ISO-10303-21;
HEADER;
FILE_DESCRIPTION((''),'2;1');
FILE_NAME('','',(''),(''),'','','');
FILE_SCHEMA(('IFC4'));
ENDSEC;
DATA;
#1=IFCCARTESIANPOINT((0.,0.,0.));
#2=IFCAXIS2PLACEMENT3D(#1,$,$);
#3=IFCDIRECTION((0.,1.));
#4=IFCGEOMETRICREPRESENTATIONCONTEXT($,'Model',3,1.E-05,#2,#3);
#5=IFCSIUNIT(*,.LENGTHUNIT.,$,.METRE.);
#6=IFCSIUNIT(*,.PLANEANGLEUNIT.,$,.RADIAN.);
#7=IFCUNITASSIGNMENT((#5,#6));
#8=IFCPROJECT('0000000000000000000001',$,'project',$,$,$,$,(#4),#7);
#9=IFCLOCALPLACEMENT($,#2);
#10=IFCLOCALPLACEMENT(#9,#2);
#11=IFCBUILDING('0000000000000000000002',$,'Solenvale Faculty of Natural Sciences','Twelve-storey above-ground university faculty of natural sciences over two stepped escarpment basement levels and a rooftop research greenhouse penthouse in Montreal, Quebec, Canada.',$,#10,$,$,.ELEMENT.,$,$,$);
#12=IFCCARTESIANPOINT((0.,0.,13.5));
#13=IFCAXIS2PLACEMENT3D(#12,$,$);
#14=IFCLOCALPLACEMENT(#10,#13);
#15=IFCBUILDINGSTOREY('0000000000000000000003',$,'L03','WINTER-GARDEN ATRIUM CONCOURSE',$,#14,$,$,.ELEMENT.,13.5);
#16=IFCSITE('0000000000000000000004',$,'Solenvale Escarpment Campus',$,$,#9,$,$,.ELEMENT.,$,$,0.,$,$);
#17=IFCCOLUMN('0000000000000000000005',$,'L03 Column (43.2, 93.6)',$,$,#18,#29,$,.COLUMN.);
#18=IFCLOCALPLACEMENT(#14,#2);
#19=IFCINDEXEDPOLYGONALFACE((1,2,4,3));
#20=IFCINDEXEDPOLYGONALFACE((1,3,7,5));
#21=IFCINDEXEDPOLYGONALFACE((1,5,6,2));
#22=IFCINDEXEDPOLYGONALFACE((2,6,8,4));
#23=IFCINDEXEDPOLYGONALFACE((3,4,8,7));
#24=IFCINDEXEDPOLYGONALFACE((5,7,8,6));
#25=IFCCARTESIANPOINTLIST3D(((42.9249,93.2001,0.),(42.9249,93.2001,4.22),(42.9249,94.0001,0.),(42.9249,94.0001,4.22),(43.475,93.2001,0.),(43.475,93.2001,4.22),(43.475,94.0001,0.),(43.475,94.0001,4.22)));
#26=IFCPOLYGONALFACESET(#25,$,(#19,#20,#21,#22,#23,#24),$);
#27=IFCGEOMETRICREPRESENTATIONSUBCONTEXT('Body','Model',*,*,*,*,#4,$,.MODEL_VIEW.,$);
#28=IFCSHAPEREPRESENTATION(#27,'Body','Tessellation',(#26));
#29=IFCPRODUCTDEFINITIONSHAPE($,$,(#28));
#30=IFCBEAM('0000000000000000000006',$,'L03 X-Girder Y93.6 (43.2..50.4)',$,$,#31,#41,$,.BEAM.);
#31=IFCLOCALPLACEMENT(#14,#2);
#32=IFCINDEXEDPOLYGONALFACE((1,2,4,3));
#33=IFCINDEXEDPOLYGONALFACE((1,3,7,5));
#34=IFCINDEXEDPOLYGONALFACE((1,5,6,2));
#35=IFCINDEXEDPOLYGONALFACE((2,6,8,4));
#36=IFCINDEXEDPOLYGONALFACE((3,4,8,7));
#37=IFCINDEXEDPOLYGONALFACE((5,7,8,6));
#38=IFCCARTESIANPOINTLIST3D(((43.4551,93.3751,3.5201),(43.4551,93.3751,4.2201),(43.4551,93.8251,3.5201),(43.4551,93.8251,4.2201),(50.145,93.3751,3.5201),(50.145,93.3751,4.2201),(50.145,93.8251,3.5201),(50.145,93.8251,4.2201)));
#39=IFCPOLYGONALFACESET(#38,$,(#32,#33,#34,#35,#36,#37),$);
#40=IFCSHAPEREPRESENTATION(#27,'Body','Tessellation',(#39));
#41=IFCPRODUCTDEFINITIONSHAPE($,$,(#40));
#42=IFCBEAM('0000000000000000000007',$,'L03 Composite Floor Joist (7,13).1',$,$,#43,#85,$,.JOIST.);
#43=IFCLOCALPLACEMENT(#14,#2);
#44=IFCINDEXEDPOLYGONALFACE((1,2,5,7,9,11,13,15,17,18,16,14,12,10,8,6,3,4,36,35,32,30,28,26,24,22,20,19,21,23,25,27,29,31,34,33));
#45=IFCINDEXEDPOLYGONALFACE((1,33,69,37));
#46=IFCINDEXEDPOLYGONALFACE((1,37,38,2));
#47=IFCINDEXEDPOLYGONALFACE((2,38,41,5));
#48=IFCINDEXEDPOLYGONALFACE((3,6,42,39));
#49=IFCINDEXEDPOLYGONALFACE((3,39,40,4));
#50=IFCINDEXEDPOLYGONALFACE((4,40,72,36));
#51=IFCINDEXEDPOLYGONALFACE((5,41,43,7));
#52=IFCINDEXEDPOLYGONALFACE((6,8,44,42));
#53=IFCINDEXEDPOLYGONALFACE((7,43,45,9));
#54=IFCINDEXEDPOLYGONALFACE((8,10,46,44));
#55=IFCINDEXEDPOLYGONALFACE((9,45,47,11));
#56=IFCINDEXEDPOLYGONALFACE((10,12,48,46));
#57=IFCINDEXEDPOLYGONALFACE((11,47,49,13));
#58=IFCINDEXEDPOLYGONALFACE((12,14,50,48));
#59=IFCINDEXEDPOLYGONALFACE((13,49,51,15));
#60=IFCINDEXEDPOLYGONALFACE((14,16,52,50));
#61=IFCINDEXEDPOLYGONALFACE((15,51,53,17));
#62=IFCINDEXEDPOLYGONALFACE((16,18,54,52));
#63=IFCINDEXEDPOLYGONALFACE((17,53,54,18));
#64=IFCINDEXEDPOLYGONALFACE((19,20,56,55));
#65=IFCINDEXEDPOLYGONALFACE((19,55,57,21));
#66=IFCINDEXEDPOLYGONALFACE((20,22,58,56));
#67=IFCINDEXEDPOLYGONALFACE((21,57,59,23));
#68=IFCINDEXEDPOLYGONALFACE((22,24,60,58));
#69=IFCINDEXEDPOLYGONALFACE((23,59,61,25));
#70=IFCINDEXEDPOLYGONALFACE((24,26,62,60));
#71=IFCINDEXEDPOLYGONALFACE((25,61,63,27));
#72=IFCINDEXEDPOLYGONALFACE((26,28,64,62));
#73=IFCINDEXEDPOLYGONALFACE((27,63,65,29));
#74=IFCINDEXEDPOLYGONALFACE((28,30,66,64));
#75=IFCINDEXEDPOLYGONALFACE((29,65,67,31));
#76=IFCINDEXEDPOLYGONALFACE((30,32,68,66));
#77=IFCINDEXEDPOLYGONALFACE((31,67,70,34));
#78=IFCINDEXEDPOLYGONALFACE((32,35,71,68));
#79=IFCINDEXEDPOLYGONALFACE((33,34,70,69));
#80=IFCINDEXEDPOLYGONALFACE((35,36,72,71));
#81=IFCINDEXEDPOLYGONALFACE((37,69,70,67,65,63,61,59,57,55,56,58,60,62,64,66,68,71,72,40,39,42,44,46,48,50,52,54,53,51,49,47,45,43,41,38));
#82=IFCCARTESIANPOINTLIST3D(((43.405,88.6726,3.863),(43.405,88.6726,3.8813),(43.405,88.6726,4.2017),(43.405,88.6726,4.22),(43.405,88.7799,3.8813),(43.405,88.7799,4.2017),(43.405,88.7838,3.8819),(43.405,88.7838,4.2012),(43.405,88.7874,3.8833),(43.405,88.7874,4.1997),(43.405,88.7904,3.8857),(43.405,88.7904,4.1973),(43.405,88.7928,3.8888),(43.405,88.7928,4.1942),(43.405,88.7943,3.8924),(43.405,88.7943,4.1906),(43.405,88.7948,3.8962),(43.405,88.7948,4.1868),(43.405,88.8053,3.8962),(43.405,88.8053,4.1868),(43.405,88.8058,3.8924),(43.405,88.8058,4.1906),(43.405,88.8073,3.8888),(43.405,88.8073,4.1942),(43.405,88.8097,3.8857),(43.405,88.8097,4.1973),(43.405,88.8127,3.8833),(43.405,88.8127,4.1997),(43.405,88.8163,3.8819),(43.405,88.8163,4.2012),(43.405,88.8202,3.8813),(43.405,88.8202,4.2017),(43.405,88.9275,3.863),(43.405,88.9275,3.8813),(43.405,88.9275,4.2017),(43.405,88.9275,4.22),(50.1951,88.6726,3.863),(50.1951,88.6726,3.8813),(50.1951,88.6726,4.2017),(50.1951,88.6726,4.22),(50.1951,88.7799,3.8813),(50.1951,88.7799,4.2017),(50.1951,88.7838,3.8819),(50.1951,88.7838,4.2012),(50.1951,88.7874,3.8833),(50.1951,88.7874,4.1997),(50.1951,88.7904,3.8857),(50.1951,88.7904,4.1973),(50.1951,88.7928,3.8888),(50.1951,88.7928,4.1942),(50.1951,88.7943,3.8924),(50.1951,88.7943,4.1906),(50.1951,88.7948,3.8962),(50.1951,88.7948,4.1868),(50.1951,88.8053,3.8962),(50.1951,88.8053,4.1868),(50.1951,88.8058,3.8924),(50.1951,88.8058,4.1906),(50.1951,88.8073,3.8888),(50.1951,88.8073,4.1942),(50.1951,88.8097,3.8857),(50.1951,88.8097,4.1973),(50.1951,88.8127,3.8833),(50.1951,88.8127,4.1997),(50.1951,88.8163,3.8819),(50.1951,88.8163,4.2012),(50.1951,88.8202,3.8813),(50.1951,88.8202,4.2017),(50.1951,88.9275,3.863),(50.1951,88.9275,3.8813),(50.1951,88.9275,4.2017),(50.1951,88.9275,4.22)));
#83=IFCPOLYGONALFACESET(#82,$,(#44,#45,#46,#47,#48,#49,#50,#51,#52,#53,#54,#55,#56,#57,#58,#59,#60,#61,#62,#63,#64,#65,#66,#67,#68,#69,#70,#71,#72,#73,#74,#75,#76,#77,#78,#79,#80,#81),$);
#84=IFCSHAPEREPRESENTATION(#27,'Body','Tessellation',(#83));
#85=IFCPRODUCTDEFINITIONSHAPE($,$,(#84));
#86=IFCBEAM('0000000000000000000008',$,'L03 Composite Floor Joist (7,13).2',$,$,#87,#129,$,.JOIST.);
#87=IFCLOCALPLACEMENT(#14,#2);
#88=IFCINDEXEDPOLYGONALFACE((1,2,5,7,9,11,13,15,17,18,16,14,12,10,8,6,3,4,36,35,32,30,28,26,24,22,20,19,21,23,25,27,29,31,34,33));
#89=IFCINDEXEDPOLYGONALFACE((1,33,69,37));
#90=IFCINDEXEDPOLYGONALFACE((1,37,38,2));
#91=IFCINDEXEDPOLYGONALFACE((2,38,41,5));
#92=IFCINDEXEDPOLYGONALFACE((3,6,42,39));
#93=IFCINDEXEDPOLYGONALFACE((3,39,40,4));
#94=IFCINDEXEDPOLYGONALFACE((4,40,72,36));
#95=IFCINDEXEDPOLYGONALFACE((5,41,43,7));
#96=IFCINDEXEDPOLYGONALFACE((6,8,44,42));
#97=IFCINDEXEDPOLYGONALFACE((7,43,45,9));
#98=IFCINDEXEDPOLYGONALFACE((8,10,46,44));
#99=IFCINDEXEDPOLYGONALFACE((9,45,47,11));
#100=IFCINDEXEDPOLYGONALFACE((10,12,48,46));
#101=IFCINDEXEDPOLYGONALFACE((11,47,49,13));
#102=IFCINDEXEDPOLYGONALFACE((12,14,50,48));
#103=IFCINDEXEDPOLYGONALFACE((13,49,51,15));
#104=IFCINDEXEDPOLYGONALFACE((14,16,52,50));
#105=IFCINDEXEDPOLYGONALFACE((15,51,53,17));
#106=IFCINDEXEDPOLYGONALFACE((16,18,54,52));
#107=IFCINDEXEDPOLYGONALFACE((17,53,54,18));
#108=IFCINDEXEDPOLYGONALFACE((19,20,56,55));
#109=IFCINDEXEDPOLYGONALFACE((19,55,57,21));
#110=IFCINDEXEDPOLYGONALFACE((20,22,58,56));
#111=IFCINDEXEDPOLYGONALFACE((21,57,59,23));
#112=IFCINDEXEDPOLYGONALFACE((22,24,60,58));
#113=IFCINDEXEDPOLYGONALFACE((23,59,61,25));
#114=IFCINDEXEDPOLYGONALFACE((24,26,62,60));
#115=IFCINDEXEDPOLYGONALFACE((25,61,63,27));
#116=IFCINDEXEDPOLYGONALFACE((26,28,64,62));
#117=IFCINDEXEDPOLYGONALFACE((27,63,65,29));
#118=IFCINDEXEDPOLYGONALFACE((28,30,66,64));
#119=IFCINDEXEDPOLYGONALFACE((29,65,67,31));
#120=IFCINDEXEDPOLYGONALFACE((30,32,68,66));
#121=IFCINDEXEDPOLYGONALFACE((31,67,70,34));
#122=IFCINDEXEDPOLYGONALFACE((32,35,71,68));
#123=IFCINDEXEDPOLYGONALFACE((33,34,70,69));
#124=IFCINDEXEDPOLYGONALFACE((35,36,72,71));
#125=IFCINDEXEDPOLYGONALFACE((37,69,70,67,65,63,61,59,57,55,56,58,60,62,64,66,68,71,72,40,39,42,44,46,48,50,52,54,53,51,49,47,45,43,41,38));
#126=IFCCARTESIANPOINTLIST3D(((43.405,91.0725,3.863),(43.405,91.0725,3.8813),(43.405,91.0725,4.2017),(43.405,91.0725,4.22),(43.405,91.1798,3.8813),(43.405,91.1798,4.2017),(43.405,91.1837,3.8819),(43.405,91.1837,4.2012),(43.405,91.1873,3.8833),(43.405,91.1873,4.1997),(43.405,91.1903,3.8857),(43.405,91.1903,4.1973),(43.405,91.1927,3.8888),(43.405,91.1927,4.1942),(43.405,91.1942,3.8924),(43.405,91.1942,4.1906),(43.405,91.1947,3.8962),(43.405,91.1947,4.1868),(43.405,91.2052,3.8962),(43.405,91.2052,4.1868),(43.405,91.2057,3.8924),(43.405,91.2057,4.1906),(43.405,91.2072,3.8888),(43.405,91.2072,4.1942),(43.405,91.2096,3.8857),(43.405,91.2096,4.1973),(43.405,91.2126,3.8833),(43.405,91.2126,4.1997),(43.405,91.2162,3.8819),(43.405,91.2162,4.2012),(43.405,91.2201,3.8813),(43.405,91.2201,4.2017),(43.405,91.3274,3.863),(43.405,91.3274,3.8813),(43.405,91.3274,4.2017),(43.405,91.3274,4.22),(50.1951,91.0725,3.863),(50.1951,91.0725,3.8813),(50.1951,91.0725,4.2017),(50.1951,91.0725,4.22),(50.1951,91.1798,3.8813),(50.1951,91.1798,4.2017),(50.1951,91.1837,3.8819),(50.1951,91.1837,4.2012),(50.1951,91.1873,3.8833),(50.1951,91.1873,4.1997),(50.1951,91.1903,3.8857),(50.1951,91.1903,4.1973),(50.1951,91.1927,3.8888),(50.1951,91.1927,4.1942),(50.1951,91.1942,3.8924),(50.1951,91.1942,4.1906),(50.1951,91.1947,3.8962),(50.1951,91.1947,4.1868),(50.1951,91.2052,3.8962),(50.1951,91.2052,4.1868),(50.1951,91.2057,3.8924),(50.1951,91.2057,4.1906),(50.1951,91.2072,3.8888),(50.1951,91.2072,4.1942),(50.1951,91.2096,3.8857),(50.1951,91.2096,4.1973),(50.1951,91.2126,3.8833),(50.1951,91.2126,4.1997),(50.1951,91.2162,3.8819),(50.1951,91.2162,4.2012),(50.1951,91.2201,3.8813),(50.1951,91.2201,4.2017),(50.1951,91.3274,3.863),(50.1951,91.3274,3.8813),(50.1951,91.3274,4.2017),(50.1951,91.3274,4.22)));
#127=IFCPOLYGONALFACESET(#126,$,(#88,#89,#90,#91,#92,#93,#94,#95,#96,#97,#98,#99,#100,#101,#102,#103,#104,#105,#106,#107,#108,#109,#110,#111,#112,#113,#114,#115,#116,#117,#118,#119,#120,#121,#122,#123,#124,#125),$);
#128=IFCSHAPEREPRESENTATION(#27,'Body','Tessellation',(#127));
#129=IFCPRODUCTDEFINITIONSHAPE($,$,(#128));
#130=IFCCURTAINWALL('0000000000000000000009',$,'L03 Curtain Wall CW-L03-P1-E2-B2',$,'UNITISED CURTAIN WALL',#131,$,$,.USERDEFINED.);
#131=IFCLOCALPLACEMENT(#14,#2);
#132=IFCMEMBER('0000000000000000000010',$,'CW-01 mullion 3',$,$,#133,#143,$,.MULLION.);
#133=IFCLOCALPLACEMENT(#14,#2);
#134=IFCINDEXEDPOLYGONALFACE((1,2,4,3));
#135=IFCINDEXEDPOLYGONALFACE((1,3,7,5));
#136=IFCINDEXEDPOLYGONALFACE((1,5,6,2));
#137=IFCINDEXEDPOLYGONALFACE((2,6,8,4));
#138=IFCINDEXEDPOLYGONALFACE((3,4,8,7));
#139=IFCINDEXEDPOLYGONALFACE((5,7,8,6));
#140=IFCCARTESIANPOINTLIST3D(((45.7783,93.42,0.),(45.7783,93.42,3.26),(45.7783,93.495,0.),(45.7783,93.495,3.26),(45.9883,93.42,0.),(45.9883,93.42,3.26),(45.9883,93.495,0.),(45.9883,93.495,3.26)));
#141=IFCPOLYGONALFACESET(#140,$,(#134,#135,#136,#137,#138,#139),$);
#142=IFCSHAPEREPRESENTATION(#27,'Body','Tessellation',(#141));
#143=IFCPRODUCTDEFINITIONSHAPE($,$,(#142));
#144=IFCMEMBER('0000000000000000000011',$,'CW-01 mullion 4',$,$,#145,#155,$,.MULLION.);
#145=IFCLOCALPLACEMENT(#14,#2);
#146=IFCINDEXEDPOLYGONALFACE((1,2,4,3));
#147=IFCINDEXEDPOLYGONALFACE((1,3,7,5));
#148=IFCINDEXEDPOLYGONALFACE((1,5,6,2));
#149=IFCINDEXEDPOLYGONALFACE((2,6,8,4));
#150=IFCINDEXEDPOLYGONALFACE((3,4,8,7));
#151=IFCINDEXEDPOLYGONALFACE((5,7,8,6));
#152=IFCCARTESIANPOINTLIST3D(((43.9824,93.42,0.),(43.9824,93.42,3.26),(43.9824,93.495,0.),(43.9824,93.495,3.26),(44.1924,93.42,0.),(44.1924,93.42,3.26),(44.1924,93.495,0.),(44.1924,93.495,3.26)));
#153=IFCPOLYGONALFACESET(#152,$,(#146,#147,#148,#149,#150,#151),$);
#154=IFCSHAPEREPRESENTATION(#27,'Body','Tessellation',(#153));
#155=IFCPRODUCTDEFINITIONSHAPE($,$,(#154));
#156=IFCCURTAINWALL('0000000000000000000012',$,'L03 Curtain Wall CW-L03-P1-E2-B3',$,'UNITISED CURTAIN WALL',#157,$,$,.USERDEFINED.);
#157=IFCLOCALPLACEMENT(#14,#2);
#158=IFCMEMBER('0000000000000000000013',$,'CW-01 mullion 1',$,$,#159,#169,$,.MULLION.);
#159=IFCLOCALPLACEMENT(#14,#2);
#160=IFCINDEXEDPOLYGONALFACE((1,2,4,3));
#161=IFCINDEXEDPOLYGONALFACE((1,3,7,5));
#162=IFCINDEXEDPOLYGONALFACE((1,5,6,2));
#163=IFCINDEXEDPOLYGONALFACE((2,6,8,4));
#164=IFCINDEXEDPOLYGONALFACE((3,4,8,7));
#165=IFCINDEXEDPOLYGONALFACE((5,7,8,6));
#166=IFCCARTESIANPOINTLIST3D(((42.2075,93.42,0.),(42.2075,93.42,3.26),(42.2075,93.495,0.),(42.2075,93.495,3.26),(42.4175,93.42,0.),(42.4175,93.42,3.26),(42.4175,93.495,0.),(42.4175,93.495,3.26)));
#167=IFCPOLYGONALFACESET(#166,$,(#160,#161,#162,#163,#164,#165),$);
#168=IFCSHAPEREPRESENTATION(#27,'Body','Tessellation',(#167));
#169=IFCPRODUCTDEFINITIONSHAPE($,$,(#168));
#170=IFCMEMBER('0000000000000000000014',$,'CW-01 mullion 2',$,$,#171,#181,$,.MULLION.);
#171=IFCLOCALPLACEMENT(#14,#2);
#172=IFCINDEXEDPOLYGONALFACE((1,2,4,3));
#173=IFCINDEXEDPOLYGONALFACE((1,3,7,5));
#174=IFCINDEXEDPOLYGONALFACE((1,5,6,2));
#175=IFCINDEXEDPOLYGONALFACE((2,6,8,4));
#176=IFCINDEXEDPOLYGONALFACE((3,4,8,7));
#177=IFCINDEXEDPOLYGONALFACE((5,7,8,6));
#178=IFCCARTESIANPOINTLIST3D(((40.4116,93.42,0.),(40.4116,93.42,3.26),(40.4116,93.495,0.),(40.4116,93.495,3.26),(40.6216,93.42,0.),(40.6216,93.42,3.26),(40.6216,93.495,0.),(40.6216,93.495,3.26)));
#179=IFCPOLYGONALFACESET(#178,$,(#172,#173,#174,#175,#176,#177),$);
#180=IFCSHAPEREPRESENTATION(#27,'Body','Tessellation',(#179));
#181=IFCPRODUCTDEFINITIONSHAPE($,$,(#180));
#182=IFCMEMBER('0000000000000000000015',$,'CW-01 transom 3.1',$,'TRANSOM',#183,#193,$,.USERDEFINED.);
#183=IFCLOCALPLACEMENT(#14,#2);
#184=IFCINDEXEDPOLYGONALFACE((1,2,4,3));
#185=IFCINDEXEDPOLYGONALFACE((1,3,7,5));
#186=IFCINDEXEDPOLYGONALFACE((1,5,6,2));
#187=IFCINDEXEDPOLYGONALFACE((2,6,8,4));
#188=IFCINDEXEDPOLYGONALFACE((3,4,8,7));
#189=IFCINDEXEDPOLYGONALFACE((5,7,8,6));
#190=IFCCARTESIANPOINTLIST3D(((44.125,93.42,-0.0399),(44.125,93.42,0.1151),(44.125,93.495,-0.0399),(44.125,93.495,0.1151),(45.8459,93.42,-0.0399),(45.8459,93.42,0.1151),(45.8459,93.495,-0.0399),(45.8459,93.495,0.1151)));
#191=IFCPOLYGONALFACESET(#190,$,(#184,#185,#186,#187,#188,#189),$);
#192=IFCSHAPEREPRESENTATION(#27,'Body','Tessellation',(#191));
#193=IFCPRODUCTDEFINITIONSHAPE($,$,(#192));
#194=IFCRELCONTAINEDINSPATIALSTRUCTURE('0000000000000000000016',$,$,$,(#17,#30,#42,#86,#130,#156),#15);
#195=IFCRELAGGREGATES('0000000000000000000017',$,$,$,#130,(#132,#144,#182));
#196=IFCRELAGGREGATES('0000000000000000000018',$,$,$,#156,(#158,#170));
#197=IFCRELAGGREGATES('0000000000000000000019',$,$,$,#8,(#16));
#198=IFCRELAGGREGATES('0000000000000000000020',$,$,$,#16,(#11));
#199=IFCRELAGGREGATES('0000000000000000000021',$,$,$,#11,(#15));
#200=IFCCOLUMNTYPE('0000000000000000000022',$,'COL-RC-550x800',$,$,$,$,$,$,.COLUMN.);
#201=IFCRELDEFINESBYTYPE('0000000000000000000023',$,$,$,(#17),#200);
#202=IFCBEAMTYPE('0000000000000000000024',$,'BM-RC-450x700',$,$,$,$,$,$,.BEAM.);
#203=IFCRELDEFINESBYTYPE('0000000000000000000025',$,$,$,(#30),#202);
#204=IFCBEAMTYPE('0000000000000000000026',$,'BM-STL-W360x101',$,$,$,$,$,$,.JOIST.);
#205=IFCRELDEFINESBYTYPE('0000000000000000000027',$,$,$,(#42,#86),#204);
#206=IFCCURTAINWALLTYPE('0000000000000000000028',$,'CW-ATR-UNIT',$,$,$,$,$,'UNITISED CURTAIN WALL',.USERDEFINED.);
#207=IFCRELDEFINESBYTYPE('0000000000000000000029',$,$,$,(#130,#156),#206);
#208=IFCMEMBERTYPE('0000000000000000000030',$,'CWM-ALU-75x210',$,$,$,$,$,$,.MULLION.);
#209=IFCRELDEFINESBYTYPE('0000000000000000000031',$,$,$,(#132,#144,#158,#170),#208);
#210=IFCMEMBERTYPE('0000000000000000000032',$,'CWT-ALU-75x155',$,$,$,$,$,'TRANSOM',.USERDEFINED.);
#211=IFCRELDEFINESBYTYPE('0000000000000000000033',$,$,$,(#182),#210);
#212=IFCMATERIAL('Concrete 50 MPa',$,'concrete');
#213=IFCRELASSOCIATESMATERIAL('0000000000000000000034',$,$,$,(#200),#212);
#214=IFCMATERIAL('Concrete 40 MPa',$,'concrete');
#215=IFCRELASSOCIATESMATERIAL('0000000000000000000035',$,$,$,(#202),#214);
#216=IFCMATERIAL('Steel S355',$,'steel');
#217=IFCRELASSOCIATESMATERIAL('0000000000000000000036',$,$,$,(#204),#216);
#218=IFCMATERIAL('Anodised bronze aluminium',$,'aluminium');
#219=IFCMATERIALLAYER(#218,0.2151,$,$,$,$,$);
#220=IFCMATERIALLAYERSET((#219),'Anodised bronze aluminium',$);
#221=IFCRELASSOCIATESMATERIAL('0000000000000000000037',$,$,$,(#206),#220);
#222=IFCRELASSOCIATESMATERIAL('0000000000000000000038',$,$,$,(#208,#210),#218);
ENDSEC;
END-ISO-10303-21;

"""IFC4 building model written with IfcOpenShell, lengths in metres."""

from ifc_helpers import new_model, si_unit, direction, frame, origin, origin_2d, place, context, subcontext, project, spatial, rectangle, i_section, extrude, material, layer, layer_set, material_profile, profile_set, type_object, element, aggregate, save


model = new_model("IFC4")

# Units and contexts
model_context = context("Model", 3, precision=1e-05, world=origin(), true_north=direction((0.0, 1.0)))
body_context = subcontext(model_context, "Body", "Model", "MODEL_VIEW")
ifc_project = project(units=[si_unit("LENGTHUNIT", "METRE"), si_unit("PLANEANGLEUNIT", "RADIAN")], contexts=[model_context])

# Site, building, storey
site_placement = place(None, origin())
site = spatial("IfcSite", under=ifc_project, at=site_placement, Name="Solenvale Escarpment Campus", CompositionType="ELEMENT", RefElevation=0.0)
building_placement = place(site_placement, origin())
building = spatial("IfcBuilding", under=site, at=building_placement, Name="Solenvale Faculty of Natural Sciences", Description="Twelve-storey above-ground university faculty of natural sciences over two stepped escarpment basement levels and a rooftop research greenhouse penthouse in Montreal, Quebec, Canada.", CompositionType="ELEMENT")
storey_placement = place(building_placement, frame((0.0, 0.0, 13.5)))
storey = spatial("IfcBuildingStorey", under=building, at=storey_placement, Name="L03", Description="WINTER-GARDEN ATRIUM CONCOURSE", CompositionType="ELEMENT", Elevation=13.5)

# Column
ifc_material_1 = material(Name="Concrete 50 MPa", Category="concrete")
ifc_material_profile_1 = material_profile(ifc_material_1, rectangle(XDim=0.55, YDim=0.8, at=origin_2d()), Name="RC-COL-550x800")
ifc_profile_set_1 = profile_set([ifc_material_profile_1], Name="Concrete 50 MPa")
column_type = type_object("IfcColumnType", Name="COL-RC-550x800", PredefinedType="COLUMN", material=ifc_profile_set_1)
column_placement = place(storey_placement, frame((43.2, 93.6001, 0.0), z_axis=(0.0, 0.0, 1.0), x_axis=(1.0, 0.0, 0.0)))
element("IfcColumn", 1, at=column_placement, inside=storey, type_object=column_type, Name="L03 Column (43.2, 93.6)", PredefinedType="COLUMN", context=body_context, shape_type="SweptSolid", body=[
    extrude(rectangle(XDim=0.55, YDim=0.8, at=origin_2d()), origin(), (0.0, 0.0, 1.0), 4.22),
])

# Beams
ifc_material_2 = material(Name="Concrete 40 MPa", Category="concrete")
ifc_material_profile_2 = material_profile(ifc_material_2, rectangle(XDim=0.45, YDim=0.7, at=origin_2d()), Name="RC-BM-450x700")
ifc_profile_set_2 = profile_set([ifc_material_profile_2], Name="Concrete 40 MPa")
beam_type_1 = type_object("IfcBeamType", Name="BM-RC-450x700", PredefinedType="BEAM", material=ifc_profile_set_2)
beam_placement = place(storey_placement, frame((43.4551, 93.6001, 3.8701), z_axis=(1.0, 0.0, 0.0), x_axis=(0.0, 1.0, 0.0)))
element("IfcBeam", 2, at=beam_placement, inside=storey, type_object=beam_type_1, Name="L03 X-Girder Y93.6 (43.2..50.4)", PredefinedType="BEAM", context=body_context, shape_type="SweptSolid", body=[
    extrude(rectangle(XDim=0.45, YDim=0.7, at=origin_2d()), origin(), (0.0, 0.0, 1.0), 6.6899),
])
ifc_material_3 = material(Name="Steel S355", Category="steel")
ifc_material_profile_3 = material_profile(ifc_material_3, i_section(OverallWidth=0.2549, OverallDepth=0.3569, WebThickness=0.0105, FlangeThickness=0.0183, FilletRadius=0.0149, at=origin_2d()), Name="W360x101")
ifc_profile_set_3 = profile_set([ifc_material_profile_3], Name="Steel S355")
beam_type_2 = type_object("IfcBeamType", Name="BM-STL-W360x101", PredefinedType="JOIST", material=ifc_profile_set_3)
for number, where, z_axis, x_axis, name in (
    (3, (43.405, 88.8, 4.0415), (1.0, 0.0, 0.0), (0.0, 1.0, 0.0), "L03 Composite Floor Joist (7,13).1"),
    (4, (43.405, 91.2, 4.0415), (1.0, 0.0, 0.0), (0.0, 1.0, 0.0), "L03 Composite Floor Joist (7,13).2"),
):
    element("IfcBeam", number, at=place(storey_placement, frame(where, z_axis=z_axis, x_axis=x_axis)), inside=storey, type_object=beam_type_2, Name=name, PredefinedType="JOIST", context=body_context, shape_type="SweptSolid", body=[
        extrude(i_section(OverallWidth=0.2549, OverallDepth=0.3569, WebThickness=0.0105, FlangeThickness=0.0183, FilletRadius=0.0149, at=origin_2d()), origin(), (0.0, 0.0, 1.0), 6.79),
    ])

# Curtain walls, members
ifc_material_4 = material(Name="Anodised bronze aluminium", Category="aluminium")
ifc_layer_1 = layer(ifc_material_4, 0.2151)
ifc_layer_set_1 = layer_set([ifc_layer_1], Name="Anodised bronze aluminium")
curtain_wall_type = type_object("IfcCurtainWallType", Name="CW-ATR-UNIT", ElementType="UNITISED CURTAIN WALL", PredefinedType="USERDEFINED", material=ifc_layer_set_1)
curtain_wall_1_placement = place(storey_placement, origin())
curtain_wall_1 = element("IfcCurtainWall", 5, at=curtain_wall_1_placement, inside=storey, type_object=curtain_wall_type, Name="L03 Curtain Wall CW-L03-P1-E2-B2", ObjectType="UNITISED CURTAIN WALL", PredefinedType="USERDEFINED")
ifc_material_profile_4 = material_profile(ifc_material_4, rectangle(XDim=0.075, YDim=0.21, at=origin_2d()), Name="ALU-MUL-75x210")
ifc_profile_set_4 = profile_set([ifc_material_profile_4], Name="Anodised bronze aluminium")
member_type_1 = type_object("IfcMemberType", Name="CWM-ALU-75x210", PredefinedType="MULLION", material=ifc_profile_set_4)
member_1_placement = place(storey_placement, frame((45.8833, 93.4575, 0.0), z_axis=(0.0, 0.0, 1.0), x_axis=(0.0, -1.0, 0.0)))
member_1 = element("IfcMember", 6, at=member_1_placement, type_object=member_type_1, Name="CW-01 mullion 3", PredefinedType="MULLION", context=body_context, shape_type="SweptSolid", body=[
    extrude(rectangle(XDim=0.075, YDim=0.21, at=origin_2d()), origin(), (0.0, 0.0, 1.0), 3.26),
])
member_2_placement = place(storey_placement, frame((44.0874, 93.4575, 0.0), z_axis=(0.0, 0.0, 1.0), x_axis=(0.0, -1.0, 0.0)))
member_2 = element("IfcMember", 7, at=member_2_placement, type_object=member_type_1, Name="CW-01 mullion 4", PredefinedType="MULLION", context=body_context, shape_type="SweptSolid", body=[
    extrude(rectangle(XDim=0.075, YDim=0.21, at=origin_2d()), origin(), (0.0, 0.0, 1.0), 3.26),
])
curtain_wall_2_placement = place(storey_placement, origin())
curtain_wall_2 = element("IfcCurtainWall", 8, at=curtain_wall_2_placement, inside=storey, type_object=curtain_wall_type, Name="L03 Curtain Wall CW-L03-P1-E2-B3", ObjectType="UNITISED CURTAIN WALL", PredefinedType="USERDEFINED")
member_3_placement = place(storey_placement, frame((42.3125, 93.4575, 0.0), z_axis=(0.0, 0.0, 1.0), x_axis=(0.0, -1.0, 0.0)))
member_3 = element("IfcMember", 9, at=member_3_placement, type_object=member_type_1, Name="CW-01 mullion 1", PredefinedType="MULLION", context=body_context, shape_type="SweptSolid", body=[
    extrude(rectangle(XDim=0.075, YDim=0.21, at=origin_2d()), origin(), (0.0, 0.0, 1.0), 3.26),
])
member_4_placement = place(storey_placement, frame((40.5166, 93.4575, 0.0), z_axis=(0.0, 0.0, 1.0), x_axis=(0.0, -1.0, 0.0)))
member_4 = element("IfcMember", 10, at=member_4_placement, type_object=member_type_1, Name="CW-01 mullion 2", PredefinedType="MULLION", context=body_context, shape_type="SweptSolid", body=[
    extrude(rectangle(XDim=0.075, YDim=0.21, at=origin_2d()), origin(), (0.0, 0.0, 1.0), 3.26),
])

# Member
ifc_material_profile_5 = material_profile(ifc_material_4, rectangle(XDim=0.075, YDim=0.155, at=origin_2d()), Name="ALU-TRN-75x155")
ifc_profile_set_5 = profile_set([ifc_material_profile_5], Name="Anodised bronze aluminium")
member_type_2 = type_object("IfcMemberType", Name="CWT-ALU-75x155", ElementType="TRANSOM", PredefinedType="USERDEFINED", material=ifc_profile_set_5)
member_5_placement = place(storey_placement, frame((45.8459, 93.4575, 0.0376), z_axis=(-1.0, 0.0, 0.0), x_axis=(0.0, -1.0, 0.0)))
member_5 = element("IfcMember", 11, at=member_5_placement, type_object=member_type_2, Name="CW-01 transom 3.1", ObjectType="TRANSOM", PredefinedType="USERDEFINED", context=body_context, shape_type="SweptSolid", body=[
    extrude(rectangle(XDim=0.075, YDim=0.155, at=origin_2d()), origin(), (0.0, 0.0, 1.0), 1.7209),
])

aggregate(curtain_wall_1, [member_1, member_2, member_5])
aggregate(curtain_wall_2, [member_3, member_4])

save(model, "model.ifc")
